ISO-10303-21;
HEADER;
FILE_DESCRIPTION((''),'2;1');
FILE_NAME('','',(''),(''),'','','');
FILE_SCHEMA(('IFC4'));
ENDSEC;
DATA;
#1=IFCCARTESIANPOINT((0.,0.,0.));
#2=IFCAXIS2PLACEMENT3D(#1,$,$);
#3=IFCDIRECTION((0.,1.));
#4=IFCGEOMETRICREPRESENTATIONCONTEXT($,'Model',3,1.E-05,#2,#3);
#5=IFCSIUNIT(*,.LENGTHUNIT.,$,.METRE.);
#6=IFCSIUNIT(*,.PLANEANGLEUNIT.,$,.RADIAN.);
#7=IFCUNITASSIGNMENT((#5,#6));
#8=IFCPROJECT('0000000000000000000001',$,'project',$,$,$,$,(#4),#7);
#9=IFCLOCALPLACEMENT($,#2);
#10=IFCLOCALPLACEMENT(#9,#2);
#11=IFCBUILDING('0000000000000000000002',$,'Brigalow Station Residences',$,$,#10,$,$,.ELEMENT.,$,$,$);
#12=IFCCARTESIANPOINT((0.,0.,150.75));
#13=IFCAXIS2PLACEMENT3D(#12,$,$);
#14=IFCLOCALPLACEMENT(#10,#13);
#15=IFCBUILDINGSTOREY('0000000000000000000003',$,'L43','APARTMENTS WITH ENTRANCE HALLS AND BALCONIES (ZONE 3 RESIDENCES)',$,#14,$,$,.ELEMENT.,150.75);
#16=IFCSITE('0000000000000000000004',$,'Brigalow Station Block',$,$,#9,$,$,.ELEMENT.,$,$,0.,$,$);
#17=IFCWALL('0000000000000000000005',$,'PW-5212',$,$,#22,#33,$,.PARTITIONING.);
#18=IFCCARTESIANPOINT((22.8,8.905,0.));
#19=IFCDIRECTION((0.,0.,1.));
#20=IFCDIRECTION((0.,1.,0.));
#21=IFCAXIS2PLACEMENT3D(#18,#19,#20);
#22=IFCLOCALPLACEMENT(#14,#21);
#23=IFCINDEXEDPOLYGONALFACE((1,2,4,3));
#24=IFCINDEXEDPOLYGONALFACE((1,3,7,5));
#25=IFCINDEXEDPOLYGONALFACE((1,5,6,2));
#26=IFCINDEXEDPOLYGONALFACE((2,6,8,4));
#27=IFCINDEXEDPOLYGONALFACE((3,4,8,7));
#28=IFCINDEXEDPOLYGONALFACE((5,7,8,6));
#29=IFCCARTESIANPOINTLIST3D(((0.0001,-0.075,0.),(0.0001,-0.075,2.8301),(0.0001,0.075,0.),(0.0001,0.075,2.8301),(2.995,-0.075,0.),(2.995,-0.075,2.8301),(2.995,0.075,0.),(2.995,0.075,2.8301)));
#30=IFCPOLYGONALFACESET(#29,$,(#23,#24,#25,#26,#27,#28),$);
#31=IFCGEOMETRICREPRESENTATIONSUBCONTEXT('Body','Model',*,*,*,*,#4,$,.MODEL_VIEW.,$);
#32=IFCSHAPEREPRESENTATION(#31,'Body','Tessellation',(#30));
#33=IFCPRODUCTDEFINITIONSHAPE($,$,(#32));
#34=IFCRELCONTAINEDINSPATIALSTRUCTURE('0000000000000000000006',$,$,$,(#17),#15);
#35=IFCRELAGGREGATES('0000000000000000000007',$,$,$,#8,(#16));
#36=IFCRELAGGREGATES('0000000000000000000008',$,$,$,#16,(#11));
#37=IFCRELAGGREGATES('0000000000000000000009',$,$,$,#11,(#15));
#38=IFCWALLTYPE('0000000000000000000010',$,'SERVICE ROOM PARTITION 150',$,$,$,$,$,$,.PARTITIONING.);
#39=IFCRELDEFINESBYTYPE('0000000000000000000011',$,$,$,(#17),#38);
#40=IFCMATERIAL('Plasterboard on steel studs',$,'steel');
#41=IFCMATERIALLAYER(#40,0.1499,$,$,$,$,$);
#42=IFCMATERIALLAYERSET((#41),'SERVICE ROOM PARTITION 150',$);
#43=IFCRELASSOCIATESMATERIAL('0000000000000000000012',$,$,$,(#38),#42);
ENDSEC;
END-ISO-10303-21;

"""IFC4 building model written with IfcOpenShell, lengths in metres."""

from ifc_helpers import new_model, si_unit, direction, frame, frame_2d, origin, place, context, subcontext, project, spatial, rectangle, extrude, material, layer, layer_set, type_object, element, save


model = new_model("IFC4")

# Units and contexts
model_context = context("Model", 3, precision=1e-05, world=origin(), true_north=direction((0.0, 1.0)))
body_context = subcontext(model_context, "Body", "Model", "MODEL_VIEW")
ifc_project = project(units=[si_unit("LENGTHUNIT", "METRE"), si_unit("PLANEANGLEUNIT", "RADIAN")], contexts=[model_context])

# Site, building, storey
site_placement = place(None, origin())
site = spatial("IfcSite", under=ifc_project, at=site_placement, Name="Brigalow Station Block", CompositionType="ELEMENT", RefElevation=0.0)
building_placement = place(site_placement, origin())
building = spatial("IfcBuilding", under=site, at=building_placement, Name="Brigalow Station Residences", CompositionType="ELEMENT")
storey_placement = place(building_placement, frame((0.0, 0.0, 150.75)))
storey = spatial("IfcBuildingStorey", under=building, at=storey_placement, Name="L43", Description="APARTMENTS WITH ENTRANCE HALLS AND BALCONIES (ZONE 3 RESIDENCES)", CompositionType="ELEMENT", Elevation=150.75)

# Shared definitions
ifc_material_1 = material(Name="Plasterboard on steel studs", Category="steel")
ifc_layer_1 = layer(ifc_material_1, 0.1499)
ifc_layer_set_1 = layer_set([ifc_layer_1], Name="SERVICE ROOM PARTITION 150")
wall_type_1 = type_object("IfcWallType", Name="SERVICE ROOM PARTITION 150", PredefinedType="PARTITIONING", material=ifc_layer_set_1)

# Wall
wall_1_placement = place(storey_placement, frame((22.8, 8.905, 0.0), z_axis=(0.0, 0.0, 1.0), x_axis=(0.0, 1.0, 0.0)))
element("IfcWall", 1, at=wall_1_placement, inside=storey, type_object=wall_type_1, Name="PW-5212", PredefinedType="PARTITIONING", context=body_context, shape_type="SweptSolid", body=[
    extrude(rectangle(XDim=2.9949, YDim=0.1499, at=frame_2d((1.4976, 0.0))), origin(), (0.0, 0.0, 1.0), 2.8301),
])

save(model, "model.ifc")
